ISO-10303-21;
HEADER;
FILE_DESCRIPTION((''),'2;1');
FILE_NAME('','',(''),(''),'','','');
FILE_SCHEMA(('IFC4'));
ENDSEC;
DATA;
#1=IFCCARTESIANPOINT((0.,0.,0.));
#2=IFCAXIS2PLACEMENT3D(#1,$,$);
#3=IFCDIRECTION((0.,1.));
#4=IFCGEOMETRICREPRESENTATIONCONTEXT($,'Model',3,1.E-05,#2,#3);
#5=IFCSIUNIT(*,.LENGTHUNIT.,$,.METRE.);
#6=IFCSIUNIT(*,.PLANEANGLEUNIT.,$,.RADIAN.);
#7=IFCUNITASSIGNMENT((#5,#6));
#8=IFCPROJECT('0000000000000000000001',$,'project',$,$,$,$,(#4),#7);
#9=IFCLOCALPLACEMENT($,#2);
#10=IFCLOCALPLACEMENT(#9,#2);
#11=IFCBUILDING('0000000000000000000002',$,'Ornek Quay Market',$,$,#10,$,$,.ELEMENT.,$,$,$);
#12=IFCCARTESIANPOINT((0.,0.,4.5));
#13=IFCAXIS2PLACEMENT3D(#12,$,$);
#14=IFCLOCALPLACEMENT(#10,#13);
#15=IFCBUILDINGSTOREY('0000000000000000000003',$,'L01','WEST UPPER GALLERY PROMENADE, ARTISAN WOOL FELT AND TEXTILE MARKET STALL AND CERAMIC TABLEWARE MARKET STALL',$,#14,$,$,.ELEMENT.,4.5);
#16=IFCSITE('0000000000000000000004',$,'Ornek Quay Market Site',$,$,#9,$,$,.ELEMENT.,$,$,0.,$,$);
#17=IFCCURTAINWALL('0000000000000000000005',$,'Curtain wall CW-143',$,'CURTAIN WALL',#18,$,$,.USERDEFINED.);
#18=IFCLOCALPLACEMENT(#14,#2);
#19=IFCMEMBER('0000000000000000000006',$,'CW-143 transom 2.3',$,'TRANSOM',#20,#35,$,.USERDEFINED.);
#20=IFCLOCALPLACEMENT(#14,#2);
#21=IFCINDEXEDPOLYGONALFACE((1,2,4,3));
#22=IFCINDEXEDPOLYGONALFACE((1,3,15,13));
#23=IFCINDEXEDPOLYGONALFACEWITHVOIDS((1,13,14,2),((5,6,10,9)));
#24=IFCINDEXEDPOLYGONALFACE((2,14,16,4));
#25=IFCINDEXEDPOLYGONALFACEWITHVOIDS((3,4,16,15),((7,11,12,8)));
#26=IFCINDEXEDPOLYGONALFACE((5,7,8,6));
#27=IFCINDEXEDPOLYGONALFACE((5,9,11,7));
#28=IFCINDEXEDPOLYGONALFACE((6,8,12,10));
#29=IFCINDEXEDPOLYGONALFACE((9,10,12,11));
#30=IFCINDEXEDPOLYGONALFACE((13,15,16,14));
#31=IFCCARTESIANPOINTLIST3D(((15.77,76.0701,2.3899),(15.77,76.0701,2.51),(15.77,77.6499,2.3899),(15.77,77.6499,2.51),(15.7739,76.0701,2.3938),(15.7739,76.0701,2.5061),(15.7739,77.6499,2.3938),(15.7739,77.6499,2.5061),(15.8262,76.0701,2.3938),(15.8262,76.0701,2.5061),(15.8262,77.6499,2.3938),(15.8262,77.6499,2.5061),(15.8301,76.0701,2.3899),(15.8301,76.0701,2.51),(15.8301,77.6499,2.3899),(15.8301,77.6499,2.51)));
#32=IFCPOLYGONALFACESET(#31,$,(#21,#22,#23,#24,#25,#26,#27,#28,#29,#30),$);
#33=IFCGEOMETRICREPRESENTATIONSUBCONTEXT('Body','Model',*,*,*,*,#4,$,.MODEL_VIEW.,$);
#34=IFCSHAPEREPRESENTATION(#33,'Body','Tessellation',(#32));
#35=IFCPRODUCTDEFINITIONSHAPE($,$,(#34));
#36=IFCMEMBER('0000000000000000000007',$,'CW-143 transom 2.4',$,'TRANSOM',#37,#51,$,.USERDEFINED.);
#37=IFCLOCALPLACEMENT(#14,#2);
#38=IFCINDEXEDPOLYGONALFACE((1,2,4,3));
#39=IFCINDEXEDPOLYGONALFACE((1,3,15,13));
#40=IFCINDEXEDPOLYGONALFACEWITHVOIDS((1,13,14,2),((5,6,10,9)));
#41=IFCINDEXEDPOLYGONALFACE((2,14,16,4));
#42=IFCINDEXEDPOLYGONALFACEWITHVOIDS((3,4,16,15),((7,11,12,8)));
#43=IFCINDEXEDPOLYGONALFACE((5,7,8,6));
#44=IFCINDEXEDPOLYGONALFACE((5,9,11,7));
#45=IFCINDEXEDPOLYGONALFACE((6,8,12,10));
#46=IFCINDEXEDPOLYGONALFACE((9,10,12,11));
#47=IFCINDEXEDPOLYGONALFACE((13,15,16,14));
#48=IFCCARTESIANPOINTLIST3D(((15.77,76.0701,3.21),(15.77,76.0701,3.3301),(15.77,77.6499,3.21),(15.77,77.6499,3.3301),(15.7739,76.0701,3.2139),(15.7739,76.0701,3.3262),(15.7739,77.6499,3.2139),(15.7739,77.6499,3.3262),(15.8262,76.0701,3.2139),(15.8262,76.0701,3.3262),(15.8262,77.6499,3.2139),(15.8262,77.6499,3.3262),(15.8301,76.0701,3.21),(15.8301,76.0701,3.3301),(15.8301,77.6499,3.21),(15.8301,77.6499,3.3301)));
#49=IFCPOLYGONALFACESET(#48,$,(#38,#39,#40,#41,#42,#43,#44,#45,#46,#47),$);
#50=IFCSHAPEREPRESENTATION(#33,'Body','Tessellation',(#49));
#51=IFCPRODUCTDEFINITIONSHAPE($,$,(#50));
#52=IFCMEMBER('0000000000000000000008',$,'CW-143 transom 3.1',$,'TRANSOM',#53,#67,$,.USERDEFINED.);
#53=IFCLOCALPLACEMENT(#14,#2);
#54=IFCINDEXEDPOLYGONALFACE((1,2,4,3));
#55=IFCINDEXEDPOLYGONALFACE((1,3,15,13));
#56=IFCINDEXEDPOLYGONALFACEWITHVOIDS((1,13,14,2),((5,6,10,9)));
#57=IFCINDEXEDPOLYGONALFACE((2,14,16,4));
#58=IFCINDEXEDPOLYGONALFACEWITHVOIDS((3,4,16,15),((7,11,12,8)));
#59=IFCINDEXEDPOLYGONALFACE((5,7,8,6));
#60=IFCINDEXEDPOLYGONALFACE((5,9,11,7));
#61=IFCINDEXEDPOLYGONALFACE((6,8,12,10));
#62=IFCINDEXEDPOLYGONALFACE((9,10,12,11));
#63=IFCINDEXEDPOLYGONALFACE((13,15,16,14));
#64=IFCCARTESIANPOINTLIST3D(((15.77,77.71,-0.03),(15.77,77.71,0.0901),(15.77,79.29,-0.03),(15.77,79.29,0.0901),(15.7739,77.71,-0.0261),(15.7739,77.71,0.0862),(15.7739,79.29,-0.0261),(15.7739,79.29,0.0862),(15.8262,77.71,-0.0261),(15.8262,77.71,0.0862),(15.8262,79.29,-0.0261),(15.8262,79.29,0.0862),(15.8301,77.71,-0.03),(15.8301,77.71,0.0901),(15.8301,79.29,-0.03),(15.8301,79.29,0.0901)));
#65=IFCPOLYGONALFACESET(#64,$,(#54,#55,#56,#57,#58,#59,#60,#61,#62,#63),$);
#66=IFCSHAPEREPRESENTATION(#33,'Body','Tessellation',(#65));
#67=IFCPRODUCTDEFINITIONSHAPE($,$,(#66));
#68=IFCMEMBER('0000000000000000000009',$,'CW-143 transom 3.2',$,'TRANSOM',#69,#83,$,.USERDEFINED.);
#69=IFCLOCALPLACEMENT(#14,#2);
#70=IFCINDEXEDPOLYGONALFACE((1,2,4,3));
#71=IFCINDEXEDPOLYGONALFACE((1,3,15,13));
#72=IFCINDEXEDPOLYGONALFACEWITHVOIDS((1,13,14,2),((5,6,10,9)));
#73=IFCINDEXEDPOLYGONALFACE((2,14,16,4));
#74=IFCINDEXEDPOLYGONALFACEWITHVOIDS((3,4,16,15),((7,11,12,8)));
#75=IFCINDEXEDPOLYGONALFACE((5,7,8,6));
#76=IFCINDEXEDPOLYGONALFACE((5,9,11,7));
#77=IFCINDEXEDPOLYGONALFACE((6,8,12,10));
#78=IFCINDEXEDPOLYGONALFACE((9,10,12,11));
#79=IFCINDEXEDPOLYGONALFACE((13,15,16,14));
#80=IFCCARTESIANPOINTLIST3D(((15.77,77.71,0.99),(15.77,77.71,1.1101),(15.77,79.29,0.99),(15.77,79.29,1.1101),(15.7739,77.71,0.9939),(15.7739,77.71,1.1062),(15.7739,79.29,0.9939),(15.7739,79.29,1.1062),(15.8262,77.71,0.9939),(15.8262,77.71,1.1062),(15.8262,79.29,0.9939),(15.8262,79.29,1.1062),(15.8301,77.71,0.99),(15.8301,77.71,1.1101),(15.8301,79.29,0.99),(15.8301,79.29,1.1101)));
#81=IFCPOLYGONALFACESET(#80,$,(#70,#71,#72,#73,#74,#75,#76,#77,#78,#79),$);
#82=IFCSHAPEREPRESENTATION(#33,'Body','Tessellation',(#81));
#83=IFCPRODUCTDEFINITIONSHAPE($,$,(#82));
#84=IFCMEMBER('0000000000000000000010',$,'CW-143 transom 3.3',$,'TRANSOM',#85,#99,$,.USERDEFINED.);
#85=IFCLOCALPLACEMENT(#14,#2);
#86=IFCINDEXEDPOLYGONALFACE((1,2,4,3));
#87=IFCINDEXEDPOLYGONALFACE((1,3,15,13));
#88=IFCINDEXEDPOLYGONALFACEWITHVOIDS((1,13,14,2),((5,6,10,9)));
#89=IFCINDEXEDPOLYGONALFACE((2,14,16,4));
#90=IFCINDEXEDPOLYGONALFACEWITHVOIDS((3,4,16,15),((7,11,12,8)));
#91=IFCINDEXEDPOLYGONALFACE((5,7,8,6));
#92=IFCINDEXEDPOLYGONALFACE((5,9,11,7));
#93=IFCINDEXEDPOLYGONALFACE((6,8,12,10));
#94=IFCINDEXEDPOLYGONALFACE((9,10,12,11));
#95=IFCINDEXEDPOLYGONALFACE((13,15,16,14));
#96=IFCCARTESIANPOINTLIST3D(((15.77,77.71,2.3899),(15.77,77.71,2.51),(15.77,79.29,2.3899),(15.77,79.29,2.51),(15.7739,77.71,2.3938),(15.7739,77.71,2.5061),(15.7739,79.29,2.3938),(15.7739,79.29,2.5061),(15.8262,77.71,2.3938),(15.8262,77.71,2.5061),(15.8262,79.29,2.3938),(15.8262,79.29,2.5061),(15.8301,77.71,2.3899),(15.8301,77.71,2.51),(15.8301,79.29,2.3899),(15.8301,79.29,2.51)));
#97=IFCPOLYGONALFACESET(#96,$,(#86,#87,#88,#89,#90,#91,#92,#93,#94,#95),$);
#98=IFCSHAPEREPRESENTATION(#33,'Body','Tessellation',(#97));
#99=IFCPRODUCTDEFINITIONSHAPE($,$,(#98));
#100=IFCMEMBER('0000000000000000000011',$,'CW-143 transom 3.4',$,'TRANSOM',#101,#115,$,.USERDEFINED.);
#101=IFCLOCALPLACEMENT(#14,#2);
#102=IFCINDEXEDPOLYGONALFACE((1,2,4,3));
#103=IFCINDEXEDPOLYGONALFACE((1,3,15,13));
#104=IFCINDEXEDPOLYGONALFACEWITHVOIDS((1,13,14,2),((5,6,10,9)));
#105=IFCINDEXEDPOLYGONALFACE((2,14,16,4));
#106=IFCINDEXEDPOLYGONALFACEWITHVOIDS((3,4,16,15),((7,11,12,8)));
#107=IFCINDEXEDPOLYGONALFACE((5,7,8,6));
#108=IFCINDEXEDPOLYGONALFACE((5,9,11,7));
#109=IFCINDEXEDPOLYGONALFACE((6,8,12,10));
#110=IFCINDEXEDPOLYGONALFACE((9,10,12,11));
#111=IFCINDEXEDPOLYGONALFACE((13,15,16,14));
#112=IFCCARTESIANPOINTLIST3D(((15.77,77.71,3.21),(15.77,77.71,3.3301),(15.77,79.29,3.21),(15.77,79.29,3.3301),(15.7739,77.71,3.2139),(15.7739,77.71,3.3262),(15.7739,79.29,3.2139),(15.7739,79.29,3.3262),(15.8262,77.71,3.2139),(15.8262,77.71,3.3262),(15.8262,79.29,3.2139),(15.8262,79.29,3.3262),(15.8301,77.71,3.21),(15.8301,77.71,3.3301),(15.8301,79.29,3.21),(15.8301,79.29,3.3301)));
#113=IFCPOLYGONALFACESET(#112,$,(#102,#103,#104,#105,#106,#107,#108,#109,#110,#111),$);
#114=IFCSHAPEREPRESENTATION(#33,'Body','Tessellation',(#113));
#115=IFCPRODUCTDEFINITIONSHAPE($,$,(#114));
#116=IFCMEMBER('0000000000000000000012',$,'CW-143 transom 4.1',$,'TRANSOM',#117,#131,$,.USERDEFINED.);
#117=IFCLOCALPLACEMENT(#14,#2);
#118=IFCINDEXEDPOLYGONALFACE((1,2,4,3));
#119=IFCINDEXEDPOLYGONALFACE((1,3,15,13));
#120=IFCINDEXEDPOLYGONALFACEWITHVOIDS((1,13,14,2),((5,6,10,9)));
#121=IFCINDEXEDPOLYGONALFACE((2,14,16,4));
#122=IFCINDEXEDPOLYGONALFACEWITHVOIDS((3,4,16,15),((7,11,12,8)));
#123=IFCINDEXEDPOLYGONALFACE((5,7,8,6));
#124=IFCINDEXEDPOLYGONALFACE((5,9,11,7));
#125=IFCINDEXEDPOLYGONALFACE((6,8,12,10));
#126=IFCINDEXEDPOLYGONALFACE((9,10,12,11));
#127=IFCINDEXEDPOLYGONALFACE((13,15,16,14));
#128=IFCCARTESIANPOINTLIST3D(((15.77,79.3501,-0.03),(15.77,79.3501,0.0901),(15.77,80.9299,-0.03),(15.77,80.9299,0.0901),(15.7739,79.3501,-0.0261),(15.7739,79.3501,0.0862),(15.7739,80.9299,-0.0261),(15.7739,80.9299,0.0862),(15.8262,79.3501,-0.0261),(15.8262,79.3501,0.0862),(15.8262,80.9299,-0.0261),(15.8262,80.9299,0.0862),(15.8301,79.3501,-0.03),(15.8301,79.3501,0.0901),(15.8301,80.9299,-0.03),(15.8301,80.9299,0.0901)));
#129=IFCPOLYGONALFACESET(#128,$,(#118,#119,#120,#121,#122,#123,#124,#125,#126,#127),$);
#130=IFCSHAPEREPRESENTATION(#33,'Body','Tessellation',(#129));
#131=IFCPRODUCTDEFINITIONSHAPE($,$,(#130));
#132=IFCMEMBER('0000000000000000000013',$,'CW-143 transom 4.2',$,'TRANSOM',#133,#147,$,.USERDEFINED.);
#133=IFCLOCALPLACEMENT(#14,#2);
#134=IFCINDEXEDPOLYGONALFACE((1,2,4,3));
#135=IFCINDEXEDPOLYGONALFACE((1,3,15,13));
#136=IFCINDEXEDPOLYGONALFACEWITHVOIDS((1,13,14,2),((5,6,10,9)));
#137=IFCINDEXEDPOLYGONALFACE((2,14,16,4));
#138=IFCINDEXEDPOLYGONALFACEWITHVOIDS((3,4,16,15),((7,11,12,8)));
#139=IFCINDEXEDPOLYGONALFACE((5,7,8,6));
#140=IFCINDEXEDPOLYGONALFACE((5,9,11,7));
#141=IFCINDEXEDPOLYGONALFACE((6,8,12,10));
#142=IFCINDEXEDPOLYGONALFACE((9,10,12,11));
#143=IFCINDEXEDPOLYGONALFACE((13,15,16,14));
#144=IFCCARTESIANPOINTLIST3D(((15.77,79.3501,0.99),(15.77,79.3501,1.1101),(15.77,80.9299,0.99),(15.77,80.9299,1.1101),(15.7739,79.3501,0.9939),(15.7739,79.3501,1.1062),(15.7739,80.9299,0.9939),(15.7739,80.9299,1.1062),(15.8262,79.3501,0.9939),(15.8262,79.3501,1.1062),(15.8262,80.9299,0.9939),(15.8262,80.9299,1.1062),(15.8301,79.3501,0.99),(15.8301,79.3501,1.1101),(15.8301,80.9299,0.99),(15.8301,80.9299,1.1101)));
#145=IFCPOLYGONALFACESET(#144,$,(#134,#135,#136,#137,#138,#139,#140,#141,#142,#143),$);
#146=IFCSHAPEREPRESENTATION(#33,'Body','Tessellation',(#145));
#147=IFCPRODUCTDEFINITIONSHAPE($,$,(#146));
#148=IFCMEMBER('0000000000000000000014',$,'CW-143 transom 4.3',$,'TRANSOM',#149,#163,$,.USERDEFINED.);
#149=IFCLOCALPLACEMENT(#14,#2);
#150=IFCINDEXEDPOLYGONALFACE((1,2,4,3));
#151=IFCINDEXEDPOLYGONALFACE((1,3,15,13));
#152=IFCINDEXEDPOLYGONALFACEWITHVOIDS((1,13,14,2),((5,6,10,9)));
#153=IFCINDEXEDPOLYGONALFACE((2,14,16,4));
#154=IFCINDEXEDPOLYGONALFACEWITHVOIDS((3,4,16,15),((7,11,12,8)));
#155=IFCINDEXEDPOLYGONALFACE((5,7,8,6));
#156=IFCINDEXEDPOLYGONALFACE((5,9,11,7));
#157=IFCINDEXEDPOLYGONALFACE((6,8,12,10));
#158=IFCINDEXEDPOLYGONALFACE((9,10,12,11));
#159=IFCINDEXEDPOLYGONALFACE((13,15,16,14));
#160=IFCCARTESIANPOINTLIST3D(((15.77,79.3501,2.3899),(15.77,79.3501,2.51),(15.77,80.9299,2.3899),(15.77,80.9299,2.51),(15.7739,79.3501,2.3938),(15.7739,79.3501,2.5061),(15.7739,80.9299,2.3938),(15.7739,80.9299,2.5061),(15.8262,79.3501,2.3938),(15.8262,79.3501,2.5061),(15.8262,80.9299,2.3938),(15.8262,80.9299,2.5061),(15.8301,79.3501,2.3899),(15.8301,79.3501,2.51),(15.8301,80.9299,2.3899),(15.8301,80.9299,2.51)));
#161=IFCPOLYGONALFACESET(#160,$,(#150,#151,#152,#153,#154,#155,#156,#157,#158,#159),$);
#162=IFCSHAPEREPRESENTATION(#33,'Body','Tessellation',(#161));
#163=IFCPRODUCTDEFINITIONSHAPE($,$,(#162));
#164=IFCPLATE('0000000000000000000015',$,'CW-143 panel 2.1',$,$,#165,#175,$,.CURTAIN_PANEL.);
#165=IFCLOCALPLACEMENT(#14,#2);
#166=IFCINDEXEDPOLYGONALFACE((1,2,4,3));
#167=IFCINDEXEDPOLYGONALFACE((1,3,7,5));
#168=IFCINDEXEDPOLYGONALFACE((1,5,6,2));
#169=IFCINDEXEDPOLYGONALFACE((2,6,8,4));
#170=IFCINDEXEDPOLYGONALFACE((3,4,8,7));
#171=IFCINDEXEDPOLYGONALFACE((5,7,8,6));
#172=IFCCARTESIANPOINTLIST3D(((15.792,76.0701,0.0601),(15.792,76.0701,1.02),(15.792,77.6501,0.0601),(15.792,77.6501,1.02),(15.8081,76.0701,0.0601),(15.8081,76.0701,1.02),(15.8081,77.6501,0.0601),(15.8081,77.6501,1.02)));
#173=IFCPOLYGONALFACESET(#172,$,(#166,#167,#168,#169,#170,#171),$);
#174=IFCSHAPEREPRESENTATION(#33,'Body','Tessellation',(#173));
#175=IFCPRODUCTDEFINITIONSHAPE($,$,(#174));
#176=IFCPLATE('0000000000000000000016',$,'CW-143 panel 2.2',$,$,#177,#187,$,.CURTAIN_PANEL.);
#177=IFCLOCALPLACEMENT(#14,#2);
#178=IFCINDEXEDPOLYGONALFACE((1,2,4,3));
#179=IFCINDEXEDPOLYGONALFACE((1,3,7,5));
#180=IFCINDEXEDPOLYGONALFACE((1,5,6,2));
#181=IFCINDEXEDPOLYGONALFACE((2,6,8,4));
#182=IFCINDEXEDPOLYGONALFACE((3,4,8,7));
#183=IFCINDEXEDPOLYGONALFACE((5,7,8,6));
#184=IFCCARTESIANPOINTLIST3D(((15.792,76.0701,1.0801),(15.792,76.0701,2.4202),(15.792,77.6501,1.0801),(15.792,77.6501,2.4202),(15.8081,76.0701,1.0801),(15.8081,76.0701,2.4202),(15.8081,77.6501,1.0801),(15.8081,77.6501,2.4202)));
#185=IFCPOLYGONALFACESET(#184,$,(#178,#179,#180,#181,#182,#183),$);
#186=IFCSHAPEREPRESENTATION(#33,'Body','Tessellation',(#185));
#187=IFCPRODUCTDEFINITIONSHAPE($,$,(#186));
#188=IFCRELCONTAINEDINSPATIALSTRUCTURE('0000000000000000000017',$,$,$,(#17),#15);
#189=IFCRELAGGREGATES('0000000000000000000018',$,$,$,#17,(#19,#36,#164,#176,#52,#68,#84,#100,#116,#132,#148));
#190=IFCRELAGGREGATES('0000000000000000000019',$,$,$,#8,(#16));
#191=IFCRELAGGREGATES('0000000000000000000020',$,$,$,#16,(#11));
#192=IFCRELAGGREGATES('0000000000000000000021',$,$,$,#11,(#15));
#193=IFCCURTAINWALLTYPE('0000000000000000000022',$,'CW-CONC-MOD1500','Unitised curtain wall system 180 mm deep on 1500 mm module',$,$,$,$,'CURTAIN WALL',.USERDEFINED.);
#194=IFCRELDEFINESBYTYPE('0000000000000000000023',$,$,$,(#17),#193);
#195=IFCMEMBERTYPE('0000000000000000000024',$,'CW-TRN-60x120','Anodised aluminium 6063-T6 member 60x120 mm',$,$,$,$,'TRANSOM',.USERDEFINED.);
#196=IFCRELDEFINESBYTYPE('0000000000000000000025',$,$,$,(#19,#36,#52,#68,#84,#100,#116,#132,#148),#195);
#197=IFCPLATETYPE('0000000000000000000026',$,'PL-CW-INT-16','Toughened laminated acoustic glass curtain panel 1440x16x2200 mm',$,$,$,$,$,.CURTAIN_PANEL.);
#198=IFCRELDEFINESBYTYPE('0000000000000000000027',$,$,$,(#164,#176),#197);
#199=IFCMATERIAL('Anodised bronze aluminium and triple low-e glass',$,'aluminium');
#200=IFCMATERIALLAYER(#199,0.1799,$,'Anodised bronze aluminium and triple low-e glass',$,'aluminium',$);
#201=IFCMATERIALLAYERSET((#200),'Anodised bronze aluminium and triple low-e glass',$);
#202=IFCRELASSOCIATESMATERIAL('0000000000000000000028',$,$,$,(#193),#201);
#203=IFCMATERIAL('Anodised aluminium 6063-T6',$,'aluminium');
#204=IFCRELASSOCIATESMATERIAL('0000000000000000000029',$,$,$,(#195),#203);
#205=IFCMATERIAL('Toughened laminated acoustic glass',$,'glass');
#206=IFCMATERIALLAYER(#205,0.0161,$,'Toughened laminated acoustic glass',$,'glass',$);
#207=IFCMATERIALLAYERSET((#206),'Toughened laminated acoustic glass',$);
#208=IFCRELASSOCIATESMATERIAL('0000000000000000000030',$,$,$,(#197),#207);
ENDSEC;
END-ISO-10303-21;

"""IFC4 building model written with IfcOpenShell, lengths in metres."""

from ifc_helpers import new_model, si_unit, direction, frame, origin, origin_2d, place, context, subcontext, project, spatial, rectangle, hollow_rectangle, extrude, material, layer, layer_set, material_profile, profile_set, type_object, element, aggregate, save


model = new_model("IFC4")

# Units and contexts
model_context = context("Model", 3, precision=1e-05, world=origin(), true_north=direction((0.0, 1.0)))
body_context = subcontext(model_context, "Body", "Model", "MODEL_VIEW")
ifc_project = project(units=[si_unit("LENGTHUNIT", "METRE"), si_unit("PLANEANGLEUNIT", "RADIAN")], contexts=[model_context])

# Site, building, storey
site_placement = place(None, origin())
site = spatial("IfcSite", under=ifc_project, at=site_placement, Name="Ornek Quay Market Site", CompositionType="ELEMENT", RefElevation=0.0)
building_placement = place(site_placement, origin())
building = spatial("IfcBuilding", under=site, at=building_placement, Name="Ornek Quay Market", CompositionType="ELEMENT")
storey_placement = place(building_placement, frame((0.0, 0.0, 4.5)))
storey = spatial("IfcBuildingStorey", under=building, at=storey_placement, Name="L01", Description="WEST UPPER GALLERY PROMENADE, ARTISAN WOOL FELT AND TEXTILE MARKET STALL AND CERAMIC TABLEWARE MARKET STALL", CompositionType="ELEMENT", Elevation=4.5)

# Curtain wall, members, plates
ifc_material_1 = material(Name="Anodised bronze aluminium and triple low-e glass", Category="aluminium")
ifc_layer_1 = layer(ifc_material_1, 0.1799, Name="Anodised bronze aluminium and triple low-e glass", Category="aluminium")
ifc_layer_set_1 = layer_set([ifc_layer_1], Name="Anodised bronze aluminium and triple low-e glass")
curtain_wall_type = type_object("IfcCurtainWallType", Name="CW-CONC-MOD1500", Description="Unitised curtain wall system 180 mm deep on 1500 mm module", ElementType="CURTAIN WALL", PredefinedType="USERDEFINED", material=ifc_layer_set_1)
curtain_wall_placement = place(storey_placement, origin())
curtain_wall = element("IfcCurtainWall", 1, at=curtain_wall_placement, inside=storey, type_object=curtain_wall_type, Name="Curtain wall CW-143", ObjectType="CURTAIN WALL", PredefinedType="USERDEFINED")
ifc_material_2 = material(Name="Anodised aluminium 6063-T6", Category="aluminium")
ifc_material_profile_1 = material_profile(ifc_material_2, hollow_rectangle(XDim=0.0601, YDim=0.1201, WallThickness=0.0039, at=origin_2d()), Name="CW-TRN-60x120", Category="aluminium")
ifc_profile_set_1 = profile_set([ifc_material_profile_1], Name="Anodised aluminium 6063-T6")
member_type_1 = type_object("IfcMemberType", Name="CW-TRN-60x120", Description="Anodised aluminium 6063-T6 member 60x120 mm", ElementType="TRANSOM", PredefinedType="USERDEFINED", material=ifc_profile_set_1)
member_1_placement = place(storey_placement, frame((15.8, 76.0701, 2.45), z_axis=(0.0, 1.0, 0.0), x_axis=(-1.0, 0.0, 0.0)))
member_1 = element("IfcMember", 2, at=member_1_placement, type_object=member_type_1, Name="CW-143 transom 2.3", ObjectType="TRANSOM", PredefinedType="USERDEFINED", context=body_context, shape_type="SweptSolid", body=[
    extrude(hollow_rectangle(XDim=0.0601, YDim=0.1201, WallThickness=0.0039, at=origin_2d()), origin(), (0.0, 0.0, 1.0), 1.5798),
])
member_2_placement = place(storey_placement, frame((15.8, 76.0701, 3.27), z_axis=(0.0, 1.0, 0.0), x_axis=(-1.0, 0.0, 0.0)))
member_2 = element("IfcMember", 3, at=member_2_placement, type_object=member_type_1, Name="CW-143 transom 2.4", ObjectType="TRANSOM", PredefinedType="USERDEFINED", context=body_context, shape_type="SweptSolid", body=[
    extrude(hollow_rectangle(XDim=0.0601, YDim=0.1201, WallThickness=0.0039, at=origin_2d()), origin(), (0.0, 0.0, 1.0), 1.5798),
])
member_3_placement = place(storey_placement, frame((15.8, 77.71, 0.03), z_axis=(0.0, 1.0, 0.0), x_axis=(-1.0, 0.0, 0.0)))
member_3 = element("IfcMember", 4, at=member_3_placement, type_object=member_type_1, Name="CW-143 transom 3.1", ObjectType="TRANSOM", PredefinedType="USERDEFINED", context=body_context, shape_type="SweptSolid", body=[
    extrude(hollow_rectangle(XDim=0.0601, YDim=0.1201, WallThickness=0.0039, at=origin_2d()), origin(), (0.0, 0.0, 1.0), 1.5801),
])
member_4_placement = place(storey_placement, frame((15.8, 77.71, 1.05), z_axis=(0.0, 1.0, 0.0), x_axis=(-1.0, 0.0, 0.0)))
member_4 = element("IfcMember", 5, at=member_4_placement, type_object=member_type_1, Name="CW-143 transom 3.2", ObjectType="TRANSOM", PredefinedType="USERDEFINED", context=body_context, shape_type="SweptSolid", body=[
    extrude(hollow_rectangle(XDim=0.0601, YDim=0.1201, WallThickness=0.0039, at=origin_2d()), origin(), (0.0, 0.0, 1.0), 1.5801),
])
member_5_placement = place(storey_placement, frame((15.8, 77.71, 2.45), z_axis=(0.0, 1.0, 0.0), x_axis=(-1.0, 0.0, 0.0)))
member_5 = element("IfcMember", 6, at=member_5_placement, type_object=member_type_1, Name="CW-143 transom 3.3", ObjectType="TRANSOM", PredefinedType="USERDEFINED", context=body_context, shape_type="SweptSolid", body=[
    extrude(hollow_rectangle(XDim=0.0601, YDim=0.1201, WallThickness=0.0039, at=origin_2d()), origin(), (0.0, 0.0, 1.0), 1.5801),
])
member_6_placement = place(storey_placement, frame((15.8, 77.71, 3.27), z_axis=(0.0, 1.0, 0.0), x_axis=(-1.0, 0.0, 0.0)))
member_6 = element("IfcMember", 7, at=member_6_placement, type_object=member_type_1, Name="CW-143 transom 3.4", ObjectType="TRANSOM", PredefinedType="USERDEFINED", context=body_context, shape_type="SweptSolid", body=[
    extrude(hollow_rectangle(XDim=0.0601, YDim=0.1201, WallThickness=0.0039, at=origin_2d()), origin(), (0.0, 0.0, 1.0), 1.5801),
])
member_7_placement = place(storey_placement, frame((15.8, 79.3501, 0.03), z_axis=(0.0, 1.0, 0.0), x_axis=(-1.0, 0.0, 0.0)))
member_7 = element("IfcMember", 8, at=member_7_placement, type_object=member_type_1, Name="CW-143 transom 4.1", ObjectType="TRANSOM", PredefinedType="USERDEFINED", context=body_context, shape_type="SweptSolid", body=[
    extrude(hollow_rectangle(XDim=0.0601, YDim=0.1201, WallThickness=0.0039, at=origin_2d()), origin(), (0.0, 0.0, 1.0), 1.5798),
])
member_8_placement = place(storey_placement, frame((15.8, 79.3501, 1.05), z_axis=(0.0, 1.0, 0.0), x_axis=(-1.0, 0.0, 0.0)))
member_8 = element("IfcMember", 9, at=member_8_placement, type_object=member_type_1, Name="CW-143 transom 4.2", ObjectType="TRANSOM", PredefinedType="USERDEFINED", context=body_context, shape_type="SweptSolid", body=[
    extrude(hollow_rectangle(XDim=0.0601, YDim=0.1201, WallThickness=0.0039, at=origin_2d()), origin(), (0.0, 0.0, 1.0), 1.5798),
])
member_9_placement = place(storey_placement, frame((15.8, 79.3501, 2.45), z_axis=(0.0, 1.0, 0.0), x_axis=(-1.0, 0.0, 0.0)))
member_9 = element("IfcMember", 10, at=member_9_placement, type_object=member_type_1, Name="CW-143 transom 4.3", ObjectType="TRANSOM", PredefinedType="USERDEFINED", context=body_context, shape_type="SweptSolid", body=[
    extrude(hollow_rectangle(XDim=0.0601, YDim=0.1201, WallThickness=0.0039, at=origin_2d()), origin(), (0.0, 0.0, 1.0), 1.5798),
])
ifc_material_3 = material(Name="Toughened laminated acoustic glass", Category="glass")
ifc_layer_2 = layer(ifc_material_3, 0.0161, Name="Toughened laminated acoustic glass", Category="glass")
ifc_layer_set_2 = layer_set([ifc_layer_2], Name="Toughened laminated acoustic glass")
plate_type = type_object("IfcPlateType", Name="PL-CW-INT-16", Description="Toughened laminated acoustic glass curtain panel 1440x16x2200 mm", PredefinedType="CURTAIN_PANEL", material=ifc_layer_set_2)
plate_1_placement = place(storey_placement, frame((15.8, 76.8601, 0.0601), z_axis=(0.0, 0.0, 1.0), x_axis=(0.0, 1.0, 0.0)))
plate_1 = element("IfcPlate", 11, at=plate_1_placement, type_object=plate_type, Name="CW-143 panel 2.1", PredefinedType="CURTAIN_PANEL", context=body_context, shape_type="SweptSolid", body=[
    extrude(rectangle(XDim=1.5801, YDim=0.0161, at=origin_2d()), origin(), (0.0, 0.0, 1.0), 0.96),
])
plate_2_placement = place(storey_placement, frame((15.8, 76.8601, 1.0801), z_axis=(0.0, 0.0, 1.0), x_axis=(0.0, 1.0, 0.0)))
plate_2 = element("IfcPlate", 12, at=plate_2_placement, type_object=plate_type, Name="CW-143 panel 2.2", PredefinedType="CURTAIN_PANEL", context=body_context, shape_type="SweptSolid", body=[
    extrude(rectangle(XDim=1.5801, YDim=0.0161, at=origin_2d()), origin(), (0.0, 0.0, 1.0), 1.3401),
])
aggregate(curtain_wall, [member_1, member_2, plate_1, plate_2, member_3, member_4, member_5, member_6, member_7, member_8, member_9])

save(model, "model.ifc")
